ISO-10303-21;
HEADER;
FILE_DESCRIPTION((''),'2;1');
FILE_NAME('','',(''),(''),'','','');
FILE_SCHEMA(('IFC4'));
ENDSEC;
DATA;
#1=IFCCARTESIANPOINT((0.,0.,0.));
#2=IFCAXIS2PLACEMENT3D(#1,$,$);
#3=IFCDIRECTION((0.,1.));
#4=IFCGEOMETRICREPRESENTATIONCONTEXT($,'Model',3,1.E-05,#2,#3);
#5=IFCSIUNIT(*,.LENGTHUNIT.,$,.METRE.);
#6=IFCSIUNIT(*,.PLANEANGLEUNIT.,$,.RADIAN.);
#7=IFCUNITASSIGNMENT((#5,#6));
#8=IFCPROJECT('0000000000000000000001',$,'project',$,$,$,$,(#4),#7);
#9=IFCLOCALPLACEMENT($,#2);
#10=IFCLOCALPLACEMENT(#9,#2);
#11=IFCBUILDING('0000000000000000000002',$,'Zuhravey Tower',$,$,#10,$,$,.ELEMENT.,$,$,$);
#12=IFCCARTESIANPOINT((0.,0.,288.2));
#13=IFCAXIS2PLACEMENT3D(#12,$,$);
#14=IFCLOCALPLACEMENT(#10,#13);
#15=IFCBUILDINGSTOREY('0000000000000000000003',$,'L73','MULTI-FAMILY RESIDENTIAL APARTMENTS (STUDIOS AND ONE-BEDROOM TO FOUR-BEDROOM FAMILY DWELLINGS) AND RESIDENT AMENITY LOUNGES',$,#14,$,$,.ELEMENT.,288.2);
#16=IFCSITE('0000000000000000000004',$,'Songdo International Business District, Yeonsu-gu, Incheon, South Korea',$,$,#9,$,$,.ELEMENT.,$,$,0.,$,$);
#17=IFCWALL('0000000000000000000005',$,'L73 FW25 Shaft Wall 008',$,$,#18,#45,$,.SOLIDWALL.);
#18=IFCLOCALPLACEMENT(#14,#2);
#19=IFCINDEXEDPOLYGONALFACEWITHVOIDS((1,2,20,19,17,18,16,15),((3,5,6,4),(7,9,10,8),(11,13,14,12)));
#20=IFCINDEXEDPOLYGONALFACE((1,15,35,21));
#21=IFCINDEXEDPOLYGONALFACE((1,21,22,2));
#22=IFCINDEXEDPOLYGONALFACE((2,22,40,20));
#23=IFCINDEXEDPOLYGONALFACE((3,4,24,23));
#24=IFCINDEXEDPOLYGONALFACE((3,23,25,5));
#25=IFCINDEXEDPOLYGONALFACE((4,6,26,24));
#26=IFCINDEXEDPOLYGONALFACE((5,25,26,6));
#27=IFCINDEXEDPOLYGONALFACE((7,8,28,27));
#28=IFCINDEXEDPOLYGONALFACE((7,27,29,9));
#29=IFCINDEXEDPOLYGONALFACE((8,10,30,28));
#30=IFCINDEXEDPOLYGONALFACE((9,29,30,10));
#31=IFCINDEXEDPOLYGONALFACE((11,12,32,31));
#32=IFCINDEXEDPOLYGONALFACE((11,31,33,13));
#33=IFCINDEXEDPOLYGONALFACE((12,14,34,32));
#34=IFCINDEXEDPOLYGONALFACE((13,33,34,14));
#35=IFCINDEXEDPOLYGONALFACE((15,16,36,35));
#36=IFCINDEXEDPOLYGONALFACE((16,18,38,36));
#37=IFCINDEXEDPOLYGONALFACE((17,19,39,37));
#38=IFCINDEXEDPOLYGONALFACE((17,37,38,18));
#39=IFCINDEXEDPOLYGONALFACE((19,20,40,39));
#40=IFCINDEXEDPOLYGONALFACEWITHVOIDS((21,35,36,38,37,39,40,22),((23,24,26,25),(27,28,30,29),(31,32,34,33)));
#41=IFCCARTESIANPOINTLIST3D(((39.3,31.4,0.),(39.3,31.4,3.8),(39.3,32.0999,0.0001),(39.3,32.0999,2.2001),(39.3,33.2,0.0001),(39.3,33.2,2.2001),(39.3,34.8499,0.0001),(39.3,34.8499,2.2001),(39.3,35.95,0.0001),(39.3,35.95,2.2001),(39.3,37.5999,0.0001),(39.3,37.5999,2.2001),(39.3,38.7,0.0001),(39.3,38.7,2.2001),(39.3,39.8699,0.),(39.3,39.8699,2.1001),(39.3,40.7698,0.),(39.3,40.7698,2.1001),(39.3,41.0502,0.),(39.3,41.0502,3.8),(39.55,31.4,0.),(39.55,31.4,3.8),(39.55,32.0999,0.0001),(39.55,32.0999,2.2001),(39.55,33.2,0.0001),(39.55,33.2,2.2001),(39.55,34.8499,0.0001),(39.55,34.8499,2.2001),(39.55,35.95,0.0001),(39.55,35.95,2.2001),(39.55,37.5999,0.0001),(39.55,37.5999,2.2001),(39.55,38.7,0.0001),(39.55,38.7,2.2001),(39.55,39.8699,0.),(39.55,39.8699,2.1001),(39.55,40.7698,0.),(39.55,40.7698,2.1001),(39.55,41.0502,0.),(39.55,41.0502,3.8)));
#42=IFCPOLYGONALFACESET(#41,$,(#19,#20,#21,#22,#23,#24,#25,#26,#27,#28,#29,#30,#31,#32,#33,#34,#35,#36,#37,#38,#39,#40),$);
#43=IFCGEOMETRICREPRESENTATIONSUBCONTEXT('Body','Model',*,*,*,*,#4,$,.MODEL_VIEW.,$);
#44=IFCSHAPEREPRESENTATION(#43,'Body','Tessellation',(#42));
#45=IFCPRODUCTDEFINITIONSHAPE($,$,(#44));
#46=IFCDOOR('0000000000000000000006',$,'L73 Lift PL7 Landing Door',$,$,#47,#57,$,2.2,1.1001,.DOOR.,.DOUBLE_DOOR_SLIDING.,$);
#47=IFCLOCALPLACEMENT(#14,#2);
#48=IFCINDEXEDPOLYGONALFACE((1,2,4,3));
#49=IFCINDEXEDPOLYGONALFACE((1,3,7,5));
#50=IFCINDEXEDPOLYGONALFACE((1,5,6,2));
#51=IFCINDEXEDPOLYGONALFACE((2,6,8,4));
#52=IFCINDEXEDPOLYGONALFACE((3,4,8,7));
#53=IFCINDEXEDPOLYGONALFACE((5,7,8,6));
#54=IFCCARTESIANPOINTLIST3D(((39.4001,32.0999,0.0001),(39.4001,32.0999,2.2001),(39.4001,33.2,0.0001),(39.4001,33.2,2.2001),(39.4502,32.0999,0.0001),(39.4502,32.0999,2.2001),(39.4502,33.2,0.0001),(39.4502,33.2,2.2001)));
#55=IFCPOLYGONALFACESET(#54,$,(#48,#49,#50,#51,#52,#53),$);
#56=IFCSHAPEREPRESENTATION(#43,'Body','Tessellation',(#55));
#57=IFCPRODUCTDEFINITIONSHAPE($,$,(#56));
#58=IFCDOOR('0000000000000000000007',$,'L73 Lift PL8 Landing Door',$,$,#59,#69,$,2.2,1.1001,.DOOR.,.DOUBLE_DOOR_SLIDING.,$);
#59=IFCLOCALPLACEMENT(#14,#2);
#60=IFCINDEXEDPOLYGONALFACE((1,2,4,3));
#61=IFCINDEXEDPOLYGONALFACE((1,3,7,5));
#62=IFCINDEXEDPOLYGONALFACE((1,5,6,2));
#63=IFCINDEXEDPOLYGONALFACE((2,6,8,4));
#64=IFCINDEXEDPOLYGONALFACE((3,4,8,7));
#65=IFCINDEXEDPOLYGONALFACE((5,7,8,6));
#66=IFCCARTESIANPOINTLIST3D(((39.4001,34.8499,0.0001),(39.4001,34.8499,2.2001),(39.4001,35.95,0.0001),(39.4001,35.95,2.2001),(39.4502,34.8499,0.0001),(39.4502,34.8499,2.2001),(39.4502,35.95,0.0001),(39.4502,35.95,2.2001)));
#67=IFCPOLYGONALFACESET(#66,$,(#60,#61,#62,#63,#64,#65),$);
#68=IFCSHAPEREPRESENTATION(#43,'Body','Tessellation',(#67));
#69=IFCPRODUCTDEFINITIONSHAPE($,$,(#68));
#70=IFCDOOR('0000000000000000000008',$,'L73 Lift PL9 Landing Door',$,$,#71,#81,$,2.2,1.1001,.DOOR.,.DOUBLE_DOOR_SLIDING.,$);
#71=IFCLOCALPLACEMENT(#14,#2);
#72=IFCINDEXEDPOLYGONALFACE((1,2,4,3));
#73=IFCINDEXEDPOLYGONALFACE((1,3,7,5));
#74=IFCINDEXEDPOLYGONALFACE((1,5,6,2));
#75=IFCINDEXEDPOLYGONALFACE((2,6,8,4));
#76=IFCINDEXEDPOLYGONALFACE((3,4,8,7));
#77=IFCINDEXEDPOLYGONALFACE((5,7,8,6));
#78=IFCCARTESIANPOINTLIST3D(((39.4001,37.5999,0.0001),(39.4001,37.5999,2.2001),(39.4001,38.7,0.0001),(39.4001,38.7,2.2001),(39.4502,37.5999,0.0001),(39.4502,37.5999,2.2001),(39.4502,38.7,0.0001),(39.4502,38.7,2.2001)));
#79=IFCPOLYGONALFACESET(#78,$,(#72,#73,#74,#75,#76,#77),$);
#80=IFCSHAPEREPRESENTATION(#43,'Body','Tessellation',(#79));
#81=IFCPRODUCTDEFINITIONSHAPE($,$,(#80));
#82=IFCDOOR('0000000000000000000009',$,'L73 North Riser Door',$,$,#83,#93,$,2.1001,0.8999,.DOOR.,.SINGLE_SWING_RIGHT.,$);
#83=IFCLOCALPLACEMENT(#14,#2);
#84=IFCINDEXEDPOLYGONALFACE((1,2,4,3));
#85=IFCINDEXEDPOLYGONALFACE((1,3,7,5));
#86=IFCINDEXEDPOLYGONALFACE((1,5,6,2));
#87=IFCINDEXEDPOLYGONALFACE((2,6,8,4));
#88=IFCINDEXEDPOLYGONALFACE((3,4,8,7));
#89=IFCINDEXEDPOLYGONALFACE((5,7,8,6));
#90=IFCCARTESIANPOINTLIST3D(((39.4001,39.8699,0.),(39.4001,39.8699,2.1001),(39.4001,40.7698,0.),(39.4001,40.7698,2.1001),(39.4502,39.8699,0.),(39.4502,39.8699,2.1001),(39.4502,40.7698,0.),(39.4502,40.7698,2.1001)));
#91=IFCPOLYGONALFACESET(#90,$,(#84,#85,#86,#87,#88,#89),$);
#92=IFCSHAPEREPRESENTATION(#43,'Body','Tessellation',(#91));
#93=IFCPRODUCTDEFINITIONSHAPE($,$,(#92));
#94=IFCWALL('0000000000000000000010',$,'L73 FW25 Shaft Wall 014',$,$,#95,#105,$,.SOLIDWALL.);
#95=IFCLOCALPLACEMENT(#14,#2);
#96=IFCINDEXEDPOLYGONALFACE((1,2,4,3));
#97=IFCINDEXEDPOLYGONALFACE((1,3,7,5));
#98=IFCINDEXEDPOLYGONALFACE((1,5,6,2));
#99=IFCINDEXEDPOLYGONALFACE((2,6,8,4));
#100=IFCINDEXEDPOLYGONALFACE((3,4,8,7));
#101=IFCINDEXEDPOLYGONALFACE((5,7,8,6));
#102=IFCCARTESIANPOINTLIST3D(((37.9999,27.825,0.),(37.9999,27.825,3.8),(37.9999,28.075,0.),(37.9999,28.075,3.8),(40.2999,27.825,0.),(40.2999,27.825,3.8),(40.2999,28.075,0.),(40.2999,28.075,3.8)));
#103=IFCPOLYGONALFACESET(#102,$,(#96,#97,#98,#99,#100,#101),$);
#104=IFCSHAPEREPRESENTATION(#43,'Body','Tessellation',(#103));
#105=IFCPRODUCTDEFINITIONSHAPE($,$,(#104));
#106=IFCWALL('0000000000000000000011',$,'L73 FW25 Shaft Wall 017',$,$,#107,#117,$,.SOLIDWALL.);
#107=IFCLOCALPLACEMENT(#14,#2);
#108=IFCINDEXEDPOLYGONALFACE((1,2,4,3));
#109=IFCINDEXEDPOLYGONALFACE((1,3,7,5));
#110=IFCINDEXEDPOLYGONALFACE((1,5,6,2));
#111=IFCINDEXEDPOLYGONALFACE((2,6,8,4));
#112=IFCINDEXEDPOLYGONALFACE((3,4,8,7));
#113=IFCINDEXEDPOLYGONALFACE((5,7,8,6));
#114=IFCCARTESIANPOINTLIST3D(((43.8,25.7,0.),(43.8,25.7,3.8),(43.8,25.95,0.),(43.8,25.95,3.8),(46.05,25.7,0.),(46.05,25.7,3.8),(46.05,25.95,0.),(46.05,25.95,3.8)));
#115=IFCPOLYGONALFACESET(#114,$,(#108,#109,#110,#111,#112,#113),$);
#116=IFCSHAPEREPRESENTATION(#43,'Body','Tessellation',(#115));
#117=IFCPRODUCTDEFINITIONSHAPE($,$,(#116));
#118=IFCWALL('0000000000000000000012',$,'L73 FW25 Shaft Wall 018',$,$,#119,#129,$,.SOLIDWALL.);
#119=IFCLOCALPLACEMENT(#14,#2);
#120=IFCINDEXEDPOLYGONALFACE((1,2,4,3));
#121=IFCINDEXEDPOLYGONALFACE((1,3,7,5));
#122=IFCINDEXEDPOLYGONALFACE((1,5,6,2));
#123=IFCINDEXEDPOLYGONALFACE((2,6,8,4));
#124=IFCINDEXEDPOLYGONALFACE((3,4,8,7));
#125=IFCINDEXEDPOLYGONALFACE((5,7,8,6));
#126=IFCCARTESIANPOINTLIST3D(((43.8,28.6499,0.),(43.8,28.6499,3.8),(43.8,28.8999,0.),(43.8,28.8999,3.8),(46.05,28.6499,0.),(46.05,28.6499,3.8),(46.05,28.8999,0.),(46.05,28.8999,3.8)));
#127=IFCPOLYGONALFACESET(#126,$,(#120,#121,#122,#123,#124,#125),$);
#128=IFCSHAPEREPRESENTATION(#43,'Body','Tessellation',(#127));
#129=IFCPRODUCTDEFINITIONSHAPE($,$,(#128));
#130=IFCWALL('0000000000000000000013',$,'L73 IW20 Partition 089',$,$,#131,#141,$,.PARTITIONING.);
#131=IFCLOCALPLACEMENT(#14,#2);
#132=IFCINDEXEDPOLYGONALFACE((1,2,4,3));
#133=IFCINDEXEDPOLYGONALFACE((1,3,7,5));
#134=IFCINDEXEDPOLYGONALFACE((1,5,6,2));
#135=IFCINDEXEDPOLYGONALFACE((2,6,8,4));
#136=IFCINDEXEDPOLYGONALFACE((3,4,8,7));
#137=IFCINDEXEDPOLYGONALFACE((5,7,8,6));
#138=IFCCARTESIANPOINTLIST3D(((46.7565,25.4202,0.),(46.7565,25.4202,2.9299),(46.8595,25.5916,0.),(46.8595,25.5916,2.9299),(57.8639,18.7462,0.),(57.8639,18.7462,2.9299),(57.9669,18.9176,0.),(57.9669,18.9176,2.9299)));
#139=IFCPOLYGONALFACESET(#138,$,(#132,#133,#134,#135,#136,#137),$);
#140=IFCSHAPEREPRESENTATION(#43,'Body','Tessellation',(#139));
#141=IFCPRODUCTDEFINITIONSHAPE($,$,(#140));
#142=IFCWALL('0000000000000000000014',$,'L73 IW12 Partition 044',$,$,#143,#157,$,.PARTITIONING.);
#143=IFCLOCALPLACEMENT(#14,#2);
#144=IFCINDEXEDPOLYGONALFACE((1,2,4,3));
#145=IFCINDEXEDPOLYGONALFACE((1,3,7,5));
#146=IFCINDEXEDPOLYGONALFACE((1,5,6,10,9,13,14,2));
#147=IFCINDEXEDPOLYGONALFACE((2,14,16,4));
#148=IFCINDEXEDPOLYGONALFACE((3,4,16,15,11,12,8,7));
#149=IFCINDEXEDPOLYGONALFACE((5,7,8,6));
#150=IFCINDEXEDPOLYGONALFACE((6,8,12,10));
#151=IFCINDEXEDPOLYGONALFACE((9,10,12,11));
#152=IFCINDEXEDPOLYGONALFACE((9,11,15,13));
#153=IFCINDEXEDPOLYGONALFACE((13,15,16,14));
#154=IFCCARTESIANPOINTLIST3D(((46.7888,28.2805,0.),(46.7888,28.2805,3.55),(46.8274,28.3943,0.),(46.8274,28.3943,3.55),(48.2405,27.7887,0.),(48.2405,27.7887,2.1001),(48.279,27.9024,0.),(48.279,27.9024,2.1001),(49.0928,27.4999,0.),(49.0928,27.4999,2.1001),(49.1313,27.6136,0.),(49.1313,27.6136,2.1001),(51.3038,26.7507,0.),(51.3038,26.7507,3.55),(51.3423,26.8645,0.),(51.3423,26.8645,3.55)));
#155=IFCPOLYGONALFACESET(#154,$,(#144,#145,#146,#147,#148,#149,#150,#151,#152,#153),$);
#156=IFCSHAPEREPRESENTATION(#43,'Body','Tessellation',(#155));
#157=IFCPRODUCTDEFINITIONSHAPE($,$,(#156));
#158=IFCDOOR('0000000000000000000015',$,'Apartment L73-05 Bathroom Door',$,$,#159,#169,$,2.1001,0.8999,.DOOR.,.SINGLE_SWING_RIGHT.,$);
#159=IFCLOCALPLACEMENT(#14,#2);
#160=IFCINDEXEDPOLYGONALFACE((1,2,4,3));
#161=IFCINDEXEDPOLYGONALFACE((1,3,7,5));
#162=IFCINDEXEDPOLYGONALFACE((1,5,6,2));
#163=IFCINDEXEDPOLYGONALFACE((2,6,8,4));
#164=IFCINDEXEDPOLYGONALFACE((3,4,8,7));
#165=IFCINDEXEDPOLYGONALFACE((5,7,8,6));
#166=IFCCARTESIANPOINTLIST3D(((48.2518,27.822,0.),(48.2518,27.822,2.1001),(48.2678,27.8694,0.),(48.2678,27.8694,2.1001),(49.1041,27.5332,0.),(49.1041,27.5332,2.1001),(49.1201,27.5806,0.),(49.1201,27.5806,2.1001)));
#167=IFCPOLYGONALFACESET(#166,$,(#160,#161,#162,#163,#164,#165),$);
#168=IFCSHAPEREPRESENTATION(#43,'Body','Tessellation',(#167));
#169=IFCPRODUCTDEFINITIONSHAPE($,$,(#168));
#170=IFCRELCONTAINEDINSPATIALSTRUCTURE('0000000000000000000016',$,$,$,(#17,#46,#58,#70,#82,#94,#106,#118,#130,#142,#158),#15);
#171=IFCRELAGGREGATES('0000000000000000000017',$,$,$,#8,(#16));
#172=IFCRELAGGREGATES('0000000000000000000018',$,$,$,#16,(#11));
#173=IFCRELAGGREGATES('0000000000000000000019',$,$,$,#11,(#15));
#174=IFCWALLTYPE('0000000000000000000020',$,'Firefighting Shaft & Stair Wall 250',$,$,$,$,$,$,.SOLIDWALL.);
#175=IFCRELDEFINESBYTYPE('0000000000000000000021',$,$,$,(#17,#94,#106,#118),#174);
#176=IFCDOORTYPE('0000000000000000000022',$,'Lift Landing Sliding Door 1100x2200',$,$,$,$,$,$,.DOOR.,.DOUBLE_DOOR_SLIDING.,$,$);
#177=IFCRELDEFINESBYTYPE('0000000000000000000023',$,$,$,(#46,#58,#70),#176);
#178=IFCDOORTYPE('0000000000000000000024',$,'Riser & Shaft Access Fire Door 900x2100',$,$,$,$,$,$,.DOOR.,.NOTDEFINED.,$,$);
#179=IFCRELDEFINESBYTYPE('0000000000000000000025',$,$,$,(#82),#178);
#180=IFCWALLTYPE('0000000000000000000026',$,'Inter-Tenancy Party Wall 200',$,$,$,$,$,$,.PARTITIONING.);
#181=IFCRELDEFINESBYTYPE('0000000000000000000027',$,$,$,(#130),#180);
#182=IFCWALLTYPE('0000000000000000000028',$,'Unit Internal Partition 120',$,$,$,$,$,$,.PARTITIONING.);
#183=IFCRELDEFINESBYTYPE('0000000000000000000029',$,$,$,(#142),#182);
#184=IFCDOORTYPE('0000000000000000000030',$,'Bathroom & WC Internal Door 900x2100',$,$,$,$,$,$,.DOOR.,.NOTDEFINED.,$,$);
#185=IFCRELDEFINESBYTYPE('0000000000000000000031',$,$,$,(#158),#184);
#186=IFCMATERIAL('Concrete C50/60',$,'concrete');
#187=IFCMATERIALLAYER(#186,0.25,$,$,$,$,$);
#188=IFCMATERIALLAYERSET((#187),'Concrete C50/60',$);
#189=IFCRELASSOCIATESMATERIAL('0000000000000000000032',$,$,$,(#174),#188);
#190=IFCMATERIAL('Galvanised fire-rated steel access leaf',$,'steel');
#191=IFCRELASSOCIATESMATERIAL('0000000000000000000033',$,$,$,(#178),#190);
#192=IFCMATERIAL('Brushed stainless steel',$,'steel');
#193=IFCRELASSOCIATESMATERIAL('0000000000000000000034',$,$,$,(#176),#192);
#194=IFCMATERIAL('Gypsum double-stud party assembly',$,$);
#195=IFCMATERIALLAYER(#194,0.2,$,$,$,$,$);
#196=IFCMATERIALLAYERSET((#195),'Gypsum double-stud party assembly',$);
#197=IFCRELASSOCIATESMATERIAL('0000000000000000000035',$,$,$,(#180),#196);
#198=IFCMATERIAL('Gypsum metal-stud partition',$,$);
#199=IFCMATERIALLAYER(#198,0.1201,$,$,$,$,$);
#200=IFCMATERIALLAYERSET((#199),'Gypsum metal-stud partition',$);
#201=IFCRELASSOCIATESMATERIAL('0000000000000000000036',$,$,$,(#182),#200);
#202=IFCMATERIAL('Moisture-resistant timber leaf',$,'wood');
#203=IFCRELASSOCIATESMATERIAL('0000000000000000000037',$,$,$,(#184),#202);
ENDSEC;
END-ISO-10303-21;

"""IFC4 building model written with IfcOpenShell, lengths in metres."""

from ifc_helpers import new_model, si_unit, direction, frame, frame_2d, origin, place, context, subcontext, project, spatial, rectangle, extrude, material, layer, layer_set, type_object, element, fill, save


model = new_model("IFC4")

# Units and contexts
model_context = context("Model", 3, precision=1e-05, world=origin(), true_north=direction((0.0, 1.0)))
body_context = subcontext(model_context, "Body", "Model", "MODEL_VIEW")
ifc_project = project(units=[si_unit("LENGTHUNIT", "METRE"), si_unit("PLANEANGLEUNIT", "RADIAN")], contexts=[model_context])

# Site, building, storey
site_placement = place(None, origin())
site = spatial("IfcSite", under=ifc_project, at=site_placement, Name="Songdo International Business District, Yeonsu-gu, Incheon, South Korea", CompositionType="ELEMENT", RefElevation=0.0)
building_placement = place(site_placement, origin())
building = spatial("IfcBuilding", under=site, at=building_placement, Name="Zuhravey Tower", CompositionType="ELEMENT")
storey_placement = place(building_placement, frame((0.0, 0.0, 288.2)))
storey = spatial("IfcBuildingStorey", under=building, at=storey_placement, Name="L73", Description="MULTI-FAMILY RESIDENTIAL APARTMENTS (STUDIOS AND ONE-BEDROOM TO FOUR-BEDROOM FAMILY DWELLINGS) AND RESIDENT AMENITY LOUNGES", CompositionType="ELEMENT", Elevation=288.2)

# Shared definitions
ifc_material_1 = material(Name="Concrete C50/60", Category="concrete")
ifc_layer_1 = layer(ifc_material_1, 0.25)
ifc_layer_set_1 = layer_set([ifc_layer_1], Name="Concrete C50/60")
wall_type_1 = type_object("IfcWallType", Name="Firefighting Shaft & Stair Wall 250", PredefinedType="SOLIDWALL", material=ifc_layer_set_1)

# Wall, openings, doors
ifc_material_2 = material(Name="Galvanised fire-rated steel access leaf", Category="steel")
door_type_1 = type_object("IfcDoorType", Name="Riser & Shaft Access Fire Door 900x2100", OperationType="NOTDEFINED", PredefinedType="DOOR", material=ifc_material_2)
wall_1_placement = place(storey_placement, frame((39.425, 31.3999, 0.0), z_axis=(0.0, 0.0, 1.0), x_axis=(0.0, 1.0, 0.0)))
wall_1 = element("IfcWall", 1, at=wall_1_placement, inside=storey, type_object=wall_type_1, Name="L73 FW25 Shaft Wall 008", PredefinedType="SOLIDWALL", context=body_context, shape_type="SweptSolid", body=[
    extrude(rectangle(XDim=9.6501, YDim=0.25, at=frame_2d((4.8252, 0.0))), origin(), (0.0, 0.0, 1.0), 3.8),
])
opening_1_placement = place(wall_1_placement, frame((0.7, 0.0, 0.0)))
opening_1 = element("IfcOpeningElement", 2, at=opening_1_placement, cuts=wall_1, PredefinedType="OPENING", context=body_context, shape_type="SweptSolid", body=[
    extrude(rectangle(XDim=1.1001, YDim=2.2, at=frame_2d((0.55, 1.1001))), frame((0.0, 0.137, 0.0), z_axis=(0.0, -1.0, 0.0), x_axis=(1.0, 0.0, 0.0)), (0.0, 0.0, 1.0), 0.2739),
])
opening_2_placement = place(wall_1_placement, frame((3.45, 0.0, 0.0)))
opening_2 = element("IfcOpeningElement", 3, at=opening_2_placement, cuts=wall_1, PredefinedType="OPENING", context=body_context, shape_type="SweptSolid", body=[
    extrude(rectangle(XDim=1.1001, YDim=2.2, at=frame_2d((0.55, 1.1001))), frame((0.0, 0.137, 0.0), z_axis=(0.0, -1.0, 0.0), x_axis=(1.0, 0.0, 0.0)), (0.0, 0.0, 1.0), 0.2739),
])
opening_3_placement = place(wall_1_placement, frame((6.2, 0.0, 0.0)))
opening_3 = element("IfcOpeningElement", 4, at=opening_3_placement, cuts=wall_1, PredefinedType="OPENING", context=body_context, shape_type="SweptSolid", body=[
    extrude(rectangle(XDim=1.1001, YDim=2.2, at=frame_2d((0.55, 1.1001))), frame((0.0, 0.137, 0.0), z_axis=(0.0, -1.0, 0.0), x_axis=(1.0, 0.0, 0.0)), (0.0, 0.0, 1.0), 0.2739),
])
opening_4_placement = place(wall_1_placement, frame((8.47, 0.0, 0.0)))
opening_4 = element("IfcOpeningElement", 5, at=opening_4_placement, cuts=wall_1, PredefinedType="OPENING", context=body_context, shape_type="SweptSolid", body=[
    extrude(rectangle(XDim=0.8999, YDim=2.1001, at=frame_2d((0.45, 1.05))), frame((0.0, 0.137, 0.0), z_axis=(0.0, -1.0, 0.0), x_axis=(1.0, 0.0, 0.0)), (0.0, 0.0, 1.0), 0.2739),
])
ifc_material_3 = material(Name="Brushed stainless steel", Category="steel")
door_type_2 = type_object("IfcDoorType", Name="Lift Landing Sliding Door 1100x2200", OperationType="DOUBLE_DOOR_SLIDING", PredefinedType="DOOR", material=ifc_material_3)
door_1_placement = place(opening_1_placement, origin())
door_1 = element("IfcDoor", 6, at=door_1_placement, inside=storey, type_object=door_type_2, Name="L73 Lift PL7 Landing Door", OperationType="DOUBLE_DOOR_SLIDING", OverallHeight=2.2, OverallWidth=1.1001, PredefinedType="DOOR", context=body_context, shape_type="SweptSolid", body=[
    extrude(rectangle(XDim=1.1001, YDim=2.2, at=frame_2d((0.55, 1.1001))), frame((0.0, 0.0249, 0.0), z_axis=(0.0, -1.0, 0.0), x_axis=(1.0, 0.0, 0.0)), (0.0, 0.0, 1.0), 0.05),
])
fill(opening_1, door_1)
door_2_placement = place(opening_2_placement, origin())
door_2 = element("IfcDoor", 7, at=door_2_placement, inside=storey, type_object=door_type_2, Name="L73 Lift PL8 Landing Door", OperationType="DOUBLE_DOOR_SLIDING", OverallHeight=2.2, OverallWidth=1.1001, PredefinedType="DOOR", context=body_context, shape_type="SweptSolid", body=[
    extrude(rectangle(XDim=1.1001, YDim=2.2, at=frame_2d((0.55, 1.1001))), frame((0.0, 0.0249, 0.0), z_axis=(0.0, -1.0, 0.0), x_axis=(1.0, 0.0, 0.0)), (0.0, 0.0, 1.0), 0.05),
])
fill(opening_2, door_2)
door_3_placement = place(opening_3_placement, origin())
door_3 = element("IfcDoor", 8, at=door_3_placement, inside=storey, type_object=door_type_2, Name="L73 Lift PL9 Landing Door", OperationType="DOUBLE_DOOR_SLIDING", OverallHeight=2.2, OverallWidth=1.1001, PredefinedType="DOOR", context=body_context, shape_type="SweptSolid", body=[
    extrude(rectangle(XDim=1.1001, YDim=2.2, at=frame_2d((0.55, 1.1001))), frame((0.0, 0.0249, 0.0), z_axis=(0.0, -1.0, 0.0), x_axis=(1.0, 0.0, 0.0)), (0.0, 0.0, 1.0), 0.05),
])
fill(opening_3, door_3)
door_4_placement = place(opening_4_placement, origin())
door_4 = element("IfcDoor", 9, at=door_4_placement, inside=storey, type_object=door_type_1, Name="L73 North Riser Door", OperationType="SINGLE_SWING_RIGHT", OverallHeight=2.1001, OverallWidth=0.8999, PredefinedType="DOOR", context=body_context, shape_type="SweptSolid", body=[
    extrude(rectangle(XDim=0.8999, YDim=2.1001, at=frame_2d((0.45, 1.05))), frame((0.0, 0.0249, 0.0), z_axis=(0.0, -1.0, 0.0), x_axis=(1.0, 0.0, 0.0)), (0.0, 0.0, 1.0), 0.05),
])
fill(opening_4, door_4)

# Walls
wall_2_placement = place(storey_placement, frame((38.0, 27.95, 0.0), z_axis=(0.0, 0.0, 1.0), x_axis=(1.0, 0.0, 0.0)))
element("IfcWall", 10, at=wall_2_placement, inside=storey, type_object=wall_type_1, Name="L73 FW25 Shaft Wall 014", PredefinedType="SOLIDWALL", context=body_context, shape_type="SweptSolid", body=[
    extrude(rectangle(XDim=2.3, YDim=0.25, at=frame_2d((1.1499, 0.0))), origin(), (0.0, 0.0, 1.0), 3.8),
])
for number, where, z_axis, x_axis, name in (
    (11, (43.8, 25.825, 0.0), (0.0, 0.0, 1.0), (1.0, 0.0, 0.0), "L73 FW25 Shaft Wall 017"),
    (12, (43.8, 28.7749, 0.0), (0.0, 0.0, 1.0), (1.0, 0.0, 0.0), "L73 FW25 Shaft Wall 018"),
):
    element("IfcWall", number, at=place(storey_placement, frame(where, z_axis=z_axis, x_axis=x_axis)), inside=storey, type_object=wall_type_1, Name=name, PredefinedType="SOLIDWALL", context=body_context, shape_type="SweptSolid", body=[
        extrude(rectangle(XDim=2.25, YDim=0.25, at=frame_2d((1.125, 0.0))), origin(), (0.0, 0.0, 1.0), 3.8),
    ])
ifc_material_4 = material(Name="Gypsum double-stud party assembly")
ifc_layer_2 = layer(ifc_material_4, 0.2)
ifc_layer_set_2 = layer_set([ifc_layer_2], Name="Gypsum double-stud party assembly")
wall_type_2 = type_object("IfcWallType", Name="Inter-Tenancy Party Wall 200", PredefinedType="PARTITIONING", material=ifc_layer_set_2)
wall_3_placement = place(storey_placement, frame((46.8081, 25.5059, 0.0), z_axis=(0.0, 0.0, 1.0), x_axis=(0.857165, -0.515041, 0.0)))
element("IfcWall", 13, at=wall_3_placement, inside=storey, type_object=wall_type_2, Name="L73 IW20 Partition 089", PredefinedType="PARTITIONING", context=body_context, shape_type="SweptSolid", body=[
    extrude(rectangle(XDim=12.9583, YDim=0.2, at=frame_2d((6.479, 0.0))), origin(), (0.0, 0.0, 1.0), 2.9299),
])

# Wall, opening, door
ifc_material_5 = material(Name="Gypsum metal-stud partition")
ifc_layer_3 = layer(ifc_material_5, 0.1201)
ifc_layer_set_3 = layer_set([ifc_layer_3], Name="Gypsum metal-stud partition")
wall_type_3 = type_object("IfcWallType", Name="Unit Internal Partition 120", PredefinedType="PARTITIONING", material=ifc_layer_set_3)
wall_4_placement = place(storey_placement, frame((46.8081, 28.3374, 0.0), z_axis=(0.0, 0.0, 1.0), x_axis=(0.94711, -0.32091, 0.0)))
wall_4 = element("IfcWall", 14, at=wall_4_placement, inside=storey, type_object=wall_type_3, Name="L73 IW12 Partition 044", PredefinedType="PARTITIONING", context=body_context, shape_type="SweptSolid", body=[
    extrude(rectangle(XDim=4.7671, YDim=0.1201, at=frame_2d((2.3835, 0.0))), origin(), (0.0, 0.0, 1.0), 3.55),
])
opening_5_placement = place(wall_4_placement, frame((1.5327, 0.0, 0.0)))
opening_5 = element("IfcOpeningElement", 15, at=opening_5_placement, cuts=wall_4, PredefinedType="OPENING", context=body_context, shape_type="SweptSolid", body=[
    extrude(rectangle(XDim=0.8999, YDim=2.1001, at=frame_2d((0.45, 1.05))), frame((0.0, 0.072, 0.0), z_axis=(0.0, -1.0, 0.0), x_axis=(1.0, 0.0, 0.0)), (0.0, 0.0, 1.0), 0.144),
])
ifc_material_6 = material(Name="Moisture-resistant timber leaf", Category="wood")
door_type_3 = type_object("IfcDoorType", Name="Bathroom & WC Internal Door 900x2100", OperationType="NOTDEFINED", PredefinedType="DOOR", material=ifc_material_6)
door_5_placement = place(opening_5_placement, frame((0.8999, 0.0, 0.0), z_axis=(0.0, 0.0, 1.0), x_axis=(-1.0, 0.0, 0.0)))
door_5 = element("IfcDoor", 16, at=door_5_placement, inside=storey, type_object=door_type_3, Name="Apartment L73-05 Bathroom Door", OperationType="SINGLE_SWING_RIGHT", OverallHeight=2.1001, OverallWidth=0.8999, PredefinedType="DOOR", context=body_context, shape_type="SweptSolid", body=[
    extrude(rectangle(XDim=0.8999, YDim=2.1001, at=frame_2d((0.45, 1.05))), frame((0.0, 0.0249, 0.0), z_axis=(0.0, -1.0, 0.0), x_axis=(1.0, 0.0, 0.0)), (0.0, 0.0, 1.0), 0.05),
])
fill(opening_5, door_5)

save(model, "model.ifc")
